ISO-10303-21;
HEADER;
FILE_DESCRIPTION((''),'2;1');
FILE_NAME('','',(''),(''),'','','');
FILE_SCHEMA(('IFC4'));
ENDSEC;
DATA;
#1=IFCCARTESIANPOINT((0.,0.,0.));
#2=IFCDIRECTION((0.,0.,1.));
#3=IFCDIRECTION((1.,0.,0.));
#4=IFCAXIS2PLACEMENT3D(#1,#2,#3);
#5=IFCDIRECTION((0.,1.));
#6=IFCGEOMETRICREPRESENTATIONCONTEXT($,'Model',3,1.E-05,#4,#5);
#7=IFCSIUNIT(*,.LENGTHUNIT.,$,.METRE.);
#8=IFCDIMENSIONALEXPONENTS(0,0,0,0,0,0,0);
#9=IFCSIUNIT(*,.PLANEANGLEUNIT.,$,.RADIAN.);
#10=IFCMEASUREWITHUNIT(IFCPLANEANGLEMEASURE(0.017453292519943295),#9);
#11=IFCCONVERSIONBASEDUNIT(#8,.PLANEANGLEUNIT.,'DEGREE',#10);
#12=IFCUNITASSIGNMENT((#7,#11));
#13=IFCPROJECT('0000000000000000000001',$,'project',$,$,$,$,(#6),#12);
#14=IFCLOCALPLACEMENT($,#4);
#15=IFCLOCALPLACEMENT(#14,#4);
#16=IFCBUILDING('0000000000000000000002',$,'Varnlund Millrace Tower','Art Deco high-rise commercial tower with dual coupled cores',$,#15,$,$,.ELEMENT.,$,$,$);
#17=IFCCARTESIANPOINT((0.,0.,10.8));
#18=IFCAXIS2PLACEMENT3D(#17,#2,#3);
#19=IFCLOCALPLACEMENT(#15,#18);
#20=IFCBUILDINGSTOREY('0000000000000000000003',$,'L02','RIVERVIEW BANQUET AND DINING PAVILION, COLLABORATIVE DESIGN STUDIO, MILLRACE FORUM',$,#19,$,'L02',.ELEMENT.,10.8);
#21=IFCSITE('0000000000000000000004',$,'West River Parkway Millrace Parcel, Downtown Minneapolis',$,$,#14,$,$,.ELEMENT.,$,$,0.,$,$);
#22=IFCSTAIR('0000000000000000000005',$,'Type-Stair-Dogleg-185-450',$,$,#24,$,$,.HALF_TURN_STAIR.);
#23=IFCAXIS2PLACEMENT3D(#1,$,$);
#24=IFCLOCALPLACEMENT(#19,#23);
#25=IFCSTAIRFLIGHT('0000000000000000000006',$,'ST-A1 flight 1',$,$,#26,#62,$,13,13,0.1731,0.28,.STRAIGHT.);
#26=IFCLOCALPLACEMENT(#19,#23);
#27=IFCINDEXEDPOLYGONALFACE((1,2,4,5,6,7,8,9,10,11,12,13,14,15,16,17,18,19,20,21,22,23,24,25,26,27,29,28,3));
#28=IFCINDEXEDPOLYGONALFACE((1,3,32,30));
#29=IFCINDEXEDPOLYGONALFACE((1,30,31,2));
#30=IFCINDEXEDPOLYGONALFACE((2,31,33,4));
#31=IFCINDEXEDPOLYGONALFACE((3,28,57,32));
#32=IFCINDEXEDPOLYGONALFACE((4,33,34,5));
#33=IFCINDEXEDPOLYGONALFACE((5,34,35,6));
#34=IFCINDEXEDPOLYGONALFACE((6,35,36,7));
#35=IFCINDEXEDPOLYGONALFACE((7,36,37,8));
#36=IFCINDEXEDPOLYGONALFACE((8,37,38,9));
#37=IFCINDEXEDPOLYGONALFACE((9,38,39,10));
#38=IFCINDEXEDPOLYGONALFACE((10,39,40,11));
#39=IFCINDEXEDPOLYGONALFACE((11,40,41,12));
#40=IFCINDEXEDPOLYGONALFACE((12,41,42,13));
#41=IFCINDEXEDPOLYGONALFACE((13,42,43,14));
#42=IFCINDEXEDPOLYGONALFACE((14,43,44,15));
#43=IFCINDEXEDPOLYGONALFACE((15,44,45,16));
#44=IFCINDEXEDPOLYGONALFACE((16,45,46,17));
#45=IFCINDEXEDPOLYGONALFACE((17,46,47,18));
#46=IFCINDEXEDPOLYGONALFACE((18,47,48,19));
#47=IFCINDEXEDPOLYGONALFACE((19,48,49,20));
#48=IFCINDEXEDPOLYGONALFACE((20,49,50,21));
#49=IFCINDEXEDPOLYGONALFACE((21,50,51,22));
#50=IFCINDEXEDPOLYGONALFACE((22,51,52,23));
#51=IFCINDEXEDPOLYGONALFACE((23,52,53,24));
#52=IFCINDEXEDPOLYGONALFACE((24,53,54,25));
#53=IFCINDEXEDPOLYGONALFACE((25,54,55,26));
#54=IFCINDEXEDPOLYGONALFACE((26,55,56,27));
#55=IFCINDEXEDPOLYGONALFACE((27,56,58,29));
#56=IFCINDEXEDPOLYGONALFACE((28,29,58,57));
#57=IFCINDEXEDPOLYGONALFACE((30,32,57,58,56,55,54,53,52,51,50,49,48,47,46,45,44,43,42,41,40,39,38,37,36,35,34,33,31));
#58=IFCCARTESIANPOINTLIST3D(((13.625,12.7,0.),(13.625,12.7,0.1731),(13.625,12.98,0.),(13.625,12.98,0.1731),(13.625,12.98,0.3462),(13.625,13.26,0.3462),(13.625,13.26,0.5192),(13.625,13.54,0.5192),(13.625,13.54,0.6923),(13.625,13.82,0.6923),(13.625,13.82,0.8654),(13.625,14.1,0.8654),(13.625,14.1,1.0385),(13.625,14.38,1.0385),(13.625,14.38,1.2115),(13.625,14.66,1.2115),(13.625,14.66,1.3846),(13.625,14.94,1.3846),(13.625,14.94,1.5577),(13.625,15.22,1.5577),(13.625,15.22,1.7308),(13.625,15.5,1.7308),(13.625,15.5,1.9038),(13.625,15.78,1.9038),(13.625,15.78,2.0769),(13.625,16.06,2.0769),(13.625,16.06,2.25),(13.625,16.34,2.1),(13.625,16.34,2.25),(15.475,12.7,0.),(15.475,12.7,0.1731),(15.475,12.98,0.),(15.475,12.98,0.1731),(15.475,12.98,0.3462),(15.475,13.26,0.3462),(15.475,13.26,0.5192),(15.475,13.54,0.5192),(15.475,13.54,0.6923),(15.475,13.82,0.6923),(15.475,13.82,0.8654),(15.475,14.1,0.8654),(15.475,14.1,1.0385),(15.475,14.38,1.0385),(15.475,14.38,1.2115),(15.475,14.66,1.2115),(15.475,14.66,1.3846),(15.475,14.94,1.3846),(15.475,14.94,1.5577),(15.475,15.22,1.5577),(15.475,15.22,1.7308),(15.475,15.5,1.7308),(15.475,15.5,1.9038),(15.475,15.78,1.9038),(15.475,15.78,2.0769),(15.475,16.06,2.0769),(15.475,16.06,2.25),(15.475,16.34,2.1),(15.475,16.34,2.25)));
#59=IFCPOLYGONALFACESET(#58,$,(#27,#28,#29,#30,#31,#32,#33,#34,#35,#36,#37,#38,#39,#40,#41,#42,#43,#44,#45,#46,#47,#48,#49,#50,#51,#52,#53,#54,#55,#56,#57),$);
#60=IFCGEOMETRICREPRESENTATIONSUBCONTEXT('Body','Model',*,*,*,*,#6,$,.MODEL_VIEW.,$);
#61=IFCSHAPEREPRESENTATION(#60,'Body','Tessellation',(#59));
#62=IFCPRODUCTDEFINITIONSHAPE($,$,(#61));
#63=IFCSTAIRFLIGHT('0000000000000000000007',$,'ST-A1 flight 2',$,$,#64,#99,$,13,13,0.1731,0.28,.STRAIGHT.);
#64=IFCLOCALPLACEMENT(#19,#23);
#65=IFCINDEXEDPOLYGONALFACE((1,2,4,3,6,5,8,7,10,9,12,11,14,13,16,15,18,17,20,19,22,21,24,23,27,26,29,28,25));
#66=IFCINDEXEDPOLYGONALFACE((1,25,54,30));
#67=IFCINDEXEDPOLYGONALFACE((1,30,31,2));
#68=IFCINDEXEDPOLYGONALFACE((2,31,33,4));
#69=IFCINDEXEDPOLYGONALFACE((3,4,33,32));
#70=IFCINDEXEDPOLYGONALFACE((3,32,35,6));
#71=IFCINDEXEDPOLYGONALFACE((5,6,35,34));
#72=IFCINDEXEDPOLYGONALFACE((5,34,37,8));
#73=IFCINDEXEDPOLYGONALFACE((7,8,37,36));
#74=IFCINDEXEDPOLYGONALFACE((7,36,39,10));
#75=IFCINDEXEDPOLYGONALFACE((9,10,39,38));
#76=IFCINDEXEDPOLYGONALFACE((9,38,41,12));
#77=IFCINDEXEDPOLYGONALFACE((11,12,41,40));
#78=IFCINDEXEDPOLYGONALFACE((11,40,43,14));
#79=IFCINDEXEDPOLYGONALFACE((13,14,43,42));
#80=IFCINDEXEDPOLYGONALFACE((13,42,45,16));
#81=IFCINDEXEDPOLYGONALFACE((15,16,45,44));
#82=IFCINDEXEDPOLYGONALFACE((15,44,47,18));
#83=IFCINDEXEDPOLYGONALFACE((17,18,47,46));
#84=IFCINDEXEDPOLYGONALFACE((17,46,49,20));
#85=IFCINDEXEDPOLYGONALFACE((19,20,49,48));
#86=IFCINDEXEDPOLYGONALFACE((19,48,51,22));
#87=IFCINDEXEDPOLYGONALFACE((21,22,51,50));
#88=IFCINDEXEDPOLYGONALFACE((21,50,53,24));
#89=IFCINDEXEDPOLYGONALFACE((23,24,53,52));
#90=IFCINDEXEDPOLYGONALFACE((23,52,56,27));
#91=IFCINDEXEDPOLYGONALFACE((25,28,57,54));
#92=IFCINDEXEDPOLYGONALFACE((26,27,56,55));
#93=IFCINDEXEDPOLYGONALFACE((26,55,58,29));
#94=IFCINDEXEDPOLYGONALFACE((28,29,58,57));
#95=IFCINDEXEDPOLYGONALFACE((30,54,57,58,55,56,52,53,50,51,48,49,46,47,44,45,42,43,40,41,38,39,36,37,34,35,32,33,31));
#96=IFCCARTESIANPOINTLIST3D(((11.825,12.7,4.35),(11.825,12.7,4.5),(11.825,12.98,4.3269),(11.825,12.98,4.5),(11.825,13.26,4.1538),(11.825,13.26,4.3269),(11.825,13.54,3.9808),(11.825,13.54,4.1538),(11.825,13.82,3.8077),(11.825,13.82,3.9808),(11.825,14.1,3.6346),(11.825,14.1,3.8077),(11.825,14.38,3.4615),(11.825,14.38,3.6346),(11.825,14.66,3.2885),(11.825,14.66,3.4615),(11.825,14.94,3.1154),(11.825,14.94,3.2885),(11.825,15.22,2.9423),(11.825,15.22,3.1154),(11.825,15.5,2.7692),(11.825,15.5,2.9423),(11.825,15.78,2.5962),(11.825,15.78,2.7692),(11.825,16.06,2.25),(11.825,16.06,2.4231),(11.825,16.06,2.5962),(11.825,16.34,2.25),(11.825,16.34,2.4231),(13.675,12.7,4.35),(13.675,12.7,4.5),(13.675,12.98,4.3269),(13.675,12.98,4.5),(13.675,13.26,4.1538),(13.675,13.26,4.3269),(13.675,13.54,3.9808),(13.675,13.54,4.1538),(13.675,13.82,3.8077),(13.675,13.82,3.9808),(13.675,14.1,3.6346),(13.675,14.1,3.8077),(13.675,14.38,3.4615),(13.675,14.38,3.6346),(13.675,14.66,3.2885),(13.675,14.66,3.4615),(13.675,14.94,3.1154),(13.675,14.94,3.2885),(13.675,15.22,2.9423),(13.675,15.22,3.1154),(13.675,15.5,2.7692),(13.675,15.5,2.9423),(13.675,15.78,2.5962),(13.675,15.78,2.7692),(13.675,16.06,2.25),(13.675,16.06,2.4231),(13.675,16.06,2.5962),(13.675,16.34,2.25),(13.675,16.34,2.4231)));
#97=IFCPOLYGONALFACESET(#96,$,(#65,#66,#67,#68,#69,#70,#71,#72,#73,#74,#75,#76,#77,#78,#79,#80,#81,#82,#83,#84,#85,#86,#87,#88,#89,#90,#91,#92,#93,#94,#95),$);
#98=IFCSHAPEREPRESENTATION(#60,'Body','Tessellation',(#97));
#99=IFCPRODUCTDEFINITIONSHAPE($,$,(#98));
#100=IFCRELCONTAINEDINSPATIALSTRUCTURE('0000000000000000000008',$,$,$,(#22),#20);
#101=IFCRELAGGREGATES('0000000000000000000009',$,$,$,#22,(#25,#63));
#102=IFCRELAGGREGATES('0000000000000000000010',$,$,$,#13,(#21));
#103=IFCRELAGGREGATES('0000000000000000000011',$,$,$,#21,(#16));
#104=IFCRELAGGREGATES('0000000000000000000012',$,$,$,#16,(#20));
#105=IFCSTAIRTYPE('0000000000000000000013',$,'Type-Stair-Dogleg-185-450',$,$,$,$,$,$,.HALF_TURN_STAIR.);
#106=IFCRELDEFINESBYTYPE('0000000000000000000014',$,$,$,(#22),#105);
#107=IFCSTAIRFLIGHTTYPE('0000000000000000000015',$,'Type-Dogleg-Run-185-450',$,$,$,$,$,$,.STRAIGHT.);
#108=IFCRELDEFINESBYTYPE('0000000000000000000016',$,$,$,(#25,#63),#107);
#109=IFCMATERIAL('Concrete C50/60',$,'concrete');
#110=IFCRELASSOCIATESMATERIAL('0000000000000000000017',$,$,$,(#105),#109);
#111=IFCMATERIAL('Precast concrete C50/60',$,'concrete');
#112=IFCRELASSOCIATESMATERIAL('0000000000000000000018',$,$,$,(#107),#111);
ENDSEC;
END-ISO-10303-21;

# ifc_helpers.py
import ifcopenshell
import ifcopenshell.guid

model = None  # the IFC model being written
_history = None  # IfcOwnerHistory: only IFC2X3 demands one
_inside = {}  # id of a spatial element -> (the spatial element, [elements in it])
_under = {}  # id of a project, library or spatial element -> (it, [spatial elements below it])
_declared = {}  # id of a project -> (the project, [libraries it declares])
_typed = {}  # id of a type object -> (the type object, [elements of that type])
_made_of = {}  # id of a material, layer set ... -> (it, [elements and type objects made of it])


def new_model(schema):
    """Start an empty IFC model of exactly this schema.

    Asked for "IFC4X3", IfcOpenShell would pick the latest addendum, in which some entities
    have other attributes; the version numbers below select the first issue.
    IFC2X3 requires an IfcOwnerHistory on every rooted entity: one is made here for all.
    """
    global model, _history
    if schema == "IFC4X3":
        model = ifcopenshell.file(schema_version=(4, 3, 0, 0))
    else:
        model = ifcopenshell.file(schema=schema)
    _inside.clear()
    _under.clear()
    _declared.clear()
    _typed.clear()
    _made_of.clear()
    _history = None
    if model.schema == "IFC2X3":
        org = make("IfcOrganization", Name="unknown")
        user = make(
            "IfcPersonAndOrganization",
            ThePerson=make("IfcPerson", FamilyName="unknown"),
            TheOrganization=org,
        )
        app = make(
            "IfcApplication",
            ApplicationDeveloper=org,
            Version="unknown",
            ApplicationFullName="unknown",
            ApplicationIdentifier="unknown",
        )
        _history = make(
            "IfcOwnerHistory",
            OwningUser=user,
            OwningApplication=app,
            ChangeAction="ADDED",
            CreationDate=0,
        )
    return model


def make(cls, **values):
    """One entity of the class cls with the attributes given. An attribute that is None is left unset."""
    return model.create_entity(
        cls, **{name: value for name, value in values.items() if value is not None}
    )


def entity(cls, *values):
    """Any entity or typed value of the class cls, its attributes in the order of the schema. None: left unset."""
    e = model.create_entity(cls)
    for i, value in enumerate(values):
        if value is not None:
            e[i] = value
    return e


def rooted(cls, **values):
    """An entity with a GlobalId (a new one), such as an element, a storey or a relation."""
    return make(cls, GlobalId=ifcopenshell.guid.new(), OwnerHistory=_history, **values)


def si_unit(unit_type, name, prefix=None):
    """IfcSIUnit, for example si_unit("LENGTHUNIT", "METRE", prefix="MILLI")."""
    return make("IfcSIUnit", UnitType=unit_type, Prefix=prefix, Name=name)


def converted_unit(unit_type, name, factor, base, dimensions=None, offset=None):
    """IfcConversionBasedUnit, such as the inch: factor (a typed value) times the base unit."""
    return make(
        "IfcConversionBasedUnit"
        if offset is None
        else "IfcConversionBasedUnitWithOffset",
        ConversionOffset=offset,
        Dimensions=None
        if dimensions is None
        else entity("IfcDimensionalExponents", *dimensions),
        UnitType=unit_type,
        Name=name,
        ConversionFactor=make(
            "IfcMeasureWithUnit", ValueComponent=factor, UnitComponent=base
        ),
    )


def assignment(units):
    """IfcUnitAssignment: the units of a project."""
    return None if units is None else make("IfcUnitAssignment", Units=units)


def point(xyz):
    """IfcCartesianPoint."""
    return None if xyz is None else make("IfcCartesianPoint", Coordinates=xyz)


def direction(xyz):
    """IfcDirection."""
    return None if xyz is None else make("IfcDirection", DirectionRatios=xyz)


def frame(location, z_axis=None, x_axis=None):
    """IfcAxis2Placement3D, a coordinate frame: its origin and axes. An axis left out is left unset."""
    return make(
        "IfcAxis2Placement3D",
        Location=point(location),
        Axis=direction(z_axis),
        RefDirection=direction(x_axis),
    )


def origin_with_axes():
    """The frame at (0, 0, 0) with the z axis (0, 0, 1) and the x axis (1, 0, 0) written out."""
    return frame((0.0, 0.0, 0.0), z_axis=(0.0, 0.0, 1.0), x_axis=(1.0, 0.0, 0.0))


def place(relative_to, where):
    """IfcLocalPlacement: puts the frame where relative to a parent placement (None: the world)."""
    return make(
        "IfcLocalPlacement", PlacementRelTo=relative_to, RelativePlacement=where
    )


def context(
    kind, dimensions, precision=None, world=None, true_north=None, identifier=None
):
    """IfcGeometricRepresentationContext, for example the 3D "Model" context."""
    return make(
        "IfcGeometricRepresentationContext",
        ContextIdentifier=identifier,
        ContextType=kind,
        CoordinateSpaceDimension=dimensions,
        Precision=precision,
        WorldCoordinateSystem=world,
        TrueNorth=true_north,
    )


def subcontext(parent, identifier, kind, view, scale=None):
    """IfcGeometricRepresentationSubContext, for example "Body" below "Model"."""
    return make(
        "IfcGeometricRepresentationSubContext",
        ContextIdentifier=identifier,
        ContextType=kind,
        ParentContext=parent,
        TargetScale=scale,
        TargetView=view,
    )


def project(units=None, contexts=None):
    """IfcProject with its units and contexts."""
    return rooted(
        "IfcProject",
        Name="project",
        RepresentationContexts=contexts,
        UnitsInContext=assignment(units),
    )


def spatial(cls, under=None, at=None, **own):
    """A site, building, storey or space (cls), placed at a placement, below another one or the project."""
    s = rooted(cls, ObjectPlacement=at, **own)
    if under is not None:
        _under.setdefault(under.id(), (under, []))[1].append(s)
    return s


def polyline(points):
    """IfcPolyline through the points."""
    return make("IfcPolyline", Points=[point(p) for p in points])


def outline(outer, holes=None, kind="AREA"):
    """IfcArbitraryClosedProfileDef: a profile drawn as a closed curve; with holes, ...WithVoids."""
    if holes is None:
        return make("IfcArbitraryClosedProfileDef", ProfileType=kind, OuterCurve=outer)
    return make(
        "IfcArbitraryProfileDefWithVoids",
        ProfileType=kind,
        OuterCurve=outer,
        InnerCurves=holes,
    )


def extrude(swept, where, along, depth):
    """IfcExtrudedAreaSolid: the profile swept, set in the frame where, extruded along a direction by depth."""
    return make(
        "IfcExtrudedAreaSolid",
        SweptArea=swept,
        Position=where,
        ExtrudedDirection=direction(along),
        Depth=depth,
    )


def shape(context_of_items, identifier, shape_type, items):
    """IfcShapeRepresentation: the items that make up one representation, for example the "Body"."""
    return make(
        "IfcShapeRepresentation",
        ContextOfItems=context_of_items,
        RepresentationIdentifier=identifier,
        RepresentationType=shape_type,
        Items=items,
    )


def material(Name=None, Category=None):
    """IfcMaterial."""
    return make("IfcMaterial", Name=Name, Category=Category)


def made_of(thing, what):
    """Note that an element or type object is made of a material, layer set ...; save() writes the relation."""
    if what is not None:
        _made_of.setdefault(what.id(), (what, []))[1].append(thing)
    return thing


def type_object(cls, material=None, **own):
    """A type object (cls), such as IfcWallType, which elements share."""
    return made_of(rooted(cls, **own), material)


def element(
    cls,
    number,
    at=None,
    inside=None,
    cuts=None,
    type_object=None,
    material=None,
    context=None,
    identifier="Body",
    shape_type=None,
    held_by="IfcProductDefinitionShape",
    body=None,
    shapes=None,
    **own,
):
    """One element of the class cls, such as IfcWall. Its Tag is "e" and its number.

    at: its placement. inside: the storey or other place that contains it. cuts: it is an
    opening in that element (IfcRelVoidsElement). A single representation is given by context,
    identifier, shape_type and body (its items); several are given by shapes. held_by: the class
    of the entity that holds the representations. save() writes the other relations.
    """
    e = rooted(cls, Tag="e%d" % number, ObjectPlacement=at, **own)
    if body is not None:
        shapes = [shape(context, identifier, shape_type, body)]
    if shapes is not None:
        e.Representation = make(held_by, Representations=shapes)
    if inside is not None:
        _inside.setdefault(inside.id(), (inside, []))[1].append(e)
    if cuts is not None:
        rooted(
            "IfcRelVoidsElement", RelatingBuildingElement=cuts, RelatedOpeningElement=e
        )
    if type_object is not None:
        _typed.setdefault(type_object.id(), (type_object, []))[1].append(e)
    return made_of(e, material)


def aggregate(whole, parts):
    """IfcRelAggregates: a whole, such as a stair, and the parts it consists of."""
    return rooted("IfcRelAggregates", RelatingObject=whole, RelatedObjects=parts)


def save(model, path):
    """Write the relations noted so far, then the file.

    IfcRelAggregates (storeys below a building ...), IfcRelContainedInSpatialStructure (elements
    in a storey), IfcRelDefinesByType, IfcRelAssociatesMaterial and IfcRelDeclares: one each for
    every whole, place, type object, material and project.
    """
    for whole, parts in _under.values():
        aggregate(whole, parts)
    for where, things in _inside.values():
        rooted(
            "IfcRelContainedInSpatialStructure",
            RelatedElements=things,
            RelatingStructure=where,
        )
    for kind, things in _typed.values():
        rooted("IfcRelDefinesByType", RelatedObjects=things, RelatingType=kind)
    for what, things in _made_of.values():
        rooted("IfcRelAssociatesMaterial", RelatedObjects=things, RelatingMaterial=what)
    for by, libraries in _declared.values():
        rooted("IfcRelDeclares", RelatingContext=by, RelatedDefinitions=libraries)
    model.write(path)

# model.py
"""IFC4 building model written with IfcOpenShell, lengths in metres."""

from ifc_helpers import new_model, entity, si_unit, converted_unit, direction, frame, origin_with_axes, place, context, subcontext, project, spatial, polyline, outline, extrude, material, type_object, element, aggregate, save


model = new_model("IFC4")

# Units and contexts
model_context = context("Model", 3, precision=1e-05, world=origin_with_axes(), true_north=direction((0.0, 1.0)))
body_context = subcontext(model_context, "Body", "Model", "MODEL_VIEW")
ifc_project = project(units=[si_unit("LENGTHUNIT", "METRE"), converted_unit("PLANEANGLEUNIT", "DEGREE", entity("IfcPlaneAngleMeasure", 0.017453292519943295), si_unit("PLANEANGLEUNIT", "RADIAN"), dimensions=[0, 0, 0, 0, 0, 0, 0])], contexts=[model_context])

# Site, building, storey
site_placement = place(None, origin_with_axes())
site = spatial("IfcSite", under=ifc_project, at=site_placement, Name="West River Parkway Millrace Parcel, Downtown Minneapolis", CompositionType="ELEMENT", RefElevation=0.0)
building_placement = place(site_placement, origin_with_axes())
building = spatial("IfcBuilding", under=site, at=building_placement, Name="Varnlund Millrace Tower", Description="Art Deco high-rise commercial tower with dual coupled cores", CompositionType="ELEMENT")
storey_placement = place(building_placement, frame((0.0, 0.0, 10.8), z_axis=(0.0, 0.0, 1.0), x_axis=(1.0, 0.0, 0.0)))
storey = spatial("IfcBuildingStorey", under=building, at=storey_placement, Name="L02", Description="RIVERVIEW BANQUET AND DINING PAVILION, COLLABORATIVE DESIGN STUDIO, MILLRACE FORUM", LongName="L02", CompositionType="ELEMENT", Elevation=10.8)

# Stair, stair flights
ifc_material_1 = material(Name="Concrete C50/60", Category="concrete")
stair_type = type_object("IfcStairType", Name="Type-Stair-Dogleg-185-450", PredefinedType="HALF_TURN_STAIR", material=ifc_material_1)
stair_placement = place(storey_placement, origin_with_axes())
stair = element("IfcStair", 1, at=stair_placement, inside=storey, type_object=stair_type, Name="Type-Stair-Dogleg-185-450", PredefinedType="HALF_TURN_STAIR")
ifc_material_2 = material(Name="Precast concrete C50/60", Category="concrete")
stair_flight_type = type_object("IfcStairFlightType", Name="Type-Dogleg-Run-185-450", PredefinedType="STRAIGHT", material=ifc_material_2)
stair_flight_1_placement = place(storey_placement, frame((13.625, 12.7, 0.0), z_axis=(1.0, 0.0, 0.0), x_axis=(0.0, 1.0, 0.0)))
stair_flight_1 = element("IfcStairFlight", 2, at=stair_flight_1_placement, type_object=stair_flight_type, Name="ST-A1 flight 1", NumberOfRisers=13, NumberOfTreads=13, PredefinedType="STRAIGHT", RiserHeight=0.1731, TreadLength=0.28, context=body_context, shape_type="SweptSolid", body=[
    extrude(outline(polyline([(0.0, 0.0), (0.0, 0.1731), (0.28, 0.1731), (0.28, 0.3462), (0.56, 0.3462), (0.56, 0.5192), (0.84, 0.5192), (0.84, 0.6923), (1.12, 0.6923), (1.12, 0.8654), (1.4, 0.8654), (1.4, 1.0385), (1.68, 1.0385), (1.68, 1.2115), (1.96, 1.2115), (1.96, 1.3846), (2.24, 1.3846), (2.24, 1.5577), (2.52, 1.5577), (2.52, 1.7308), (2.8, 1.7308), (2.8, 1.9038), (3.08, 1.9038), (3.08, 2.0769), (3.36, 2.0769), (3.36, 2.25), (3.64, 2.25), (3.64, 2.1), (0.28, 0.0), (0.0, 0.0)])), origin_with_axes(), (0.0, 0.0, 1.0), 1.85),
])
stair_flight_2_placement = place(storey_placement, frame((13.675, 16.34, 2.25), z_axis=(-1.0, 0.0, 0.0), x_axis=(0.0, -1.0, 0.0)))
stair_flight_2 = element("IfcStairFlight", 3, at=stair_flight_2_placement, type_object=stair_flight_type, Name="ST-A1 flight 2", NumberOfRisers=13, NumberOfTreads=13, PredefinedType="STRAIGHT", RiserHeight=0.1731, TreadLength=0.28, context=body_context, shape_type="SweptSolid", body=[
    extrude(outline(polyline([(0.0, 0.0), (0.0, 0.1731), (0.28, 0.1731), (0.28, 0.3462), (0.56, 0.3462), (0.56, 0.5192), (0.84, 0.5192), (0.84, 0.6923), (1.12, 0.6923), (1.12, 0.8654), (1.4, 0.8654), (1.4, 1.0385), (1.68, 1.0385), (1.68, 1.2115), (1.96, 1.2115), (1.96, 1.3846), (2.24, 1.3846), (2.24, 1.5577), (2.52, 1.5577), (2.52, 1.7308), (2.8, 1.7308), (2.8, 1.9038), (3.08, 1.9038), (3.08, 2.0769), (3.36, 2.0769), (3.36, 2.25), (3.64, 2.25), (3.64, 2.1), (0.28, 0.0), (0.0, 0.0)])), origin_with_axes(), (0.0, 0.0, 1.0), 1.85),
])
aggregate(stair, [stair_flight_1, stair_flight_2])

save(model, "model.ifc")
